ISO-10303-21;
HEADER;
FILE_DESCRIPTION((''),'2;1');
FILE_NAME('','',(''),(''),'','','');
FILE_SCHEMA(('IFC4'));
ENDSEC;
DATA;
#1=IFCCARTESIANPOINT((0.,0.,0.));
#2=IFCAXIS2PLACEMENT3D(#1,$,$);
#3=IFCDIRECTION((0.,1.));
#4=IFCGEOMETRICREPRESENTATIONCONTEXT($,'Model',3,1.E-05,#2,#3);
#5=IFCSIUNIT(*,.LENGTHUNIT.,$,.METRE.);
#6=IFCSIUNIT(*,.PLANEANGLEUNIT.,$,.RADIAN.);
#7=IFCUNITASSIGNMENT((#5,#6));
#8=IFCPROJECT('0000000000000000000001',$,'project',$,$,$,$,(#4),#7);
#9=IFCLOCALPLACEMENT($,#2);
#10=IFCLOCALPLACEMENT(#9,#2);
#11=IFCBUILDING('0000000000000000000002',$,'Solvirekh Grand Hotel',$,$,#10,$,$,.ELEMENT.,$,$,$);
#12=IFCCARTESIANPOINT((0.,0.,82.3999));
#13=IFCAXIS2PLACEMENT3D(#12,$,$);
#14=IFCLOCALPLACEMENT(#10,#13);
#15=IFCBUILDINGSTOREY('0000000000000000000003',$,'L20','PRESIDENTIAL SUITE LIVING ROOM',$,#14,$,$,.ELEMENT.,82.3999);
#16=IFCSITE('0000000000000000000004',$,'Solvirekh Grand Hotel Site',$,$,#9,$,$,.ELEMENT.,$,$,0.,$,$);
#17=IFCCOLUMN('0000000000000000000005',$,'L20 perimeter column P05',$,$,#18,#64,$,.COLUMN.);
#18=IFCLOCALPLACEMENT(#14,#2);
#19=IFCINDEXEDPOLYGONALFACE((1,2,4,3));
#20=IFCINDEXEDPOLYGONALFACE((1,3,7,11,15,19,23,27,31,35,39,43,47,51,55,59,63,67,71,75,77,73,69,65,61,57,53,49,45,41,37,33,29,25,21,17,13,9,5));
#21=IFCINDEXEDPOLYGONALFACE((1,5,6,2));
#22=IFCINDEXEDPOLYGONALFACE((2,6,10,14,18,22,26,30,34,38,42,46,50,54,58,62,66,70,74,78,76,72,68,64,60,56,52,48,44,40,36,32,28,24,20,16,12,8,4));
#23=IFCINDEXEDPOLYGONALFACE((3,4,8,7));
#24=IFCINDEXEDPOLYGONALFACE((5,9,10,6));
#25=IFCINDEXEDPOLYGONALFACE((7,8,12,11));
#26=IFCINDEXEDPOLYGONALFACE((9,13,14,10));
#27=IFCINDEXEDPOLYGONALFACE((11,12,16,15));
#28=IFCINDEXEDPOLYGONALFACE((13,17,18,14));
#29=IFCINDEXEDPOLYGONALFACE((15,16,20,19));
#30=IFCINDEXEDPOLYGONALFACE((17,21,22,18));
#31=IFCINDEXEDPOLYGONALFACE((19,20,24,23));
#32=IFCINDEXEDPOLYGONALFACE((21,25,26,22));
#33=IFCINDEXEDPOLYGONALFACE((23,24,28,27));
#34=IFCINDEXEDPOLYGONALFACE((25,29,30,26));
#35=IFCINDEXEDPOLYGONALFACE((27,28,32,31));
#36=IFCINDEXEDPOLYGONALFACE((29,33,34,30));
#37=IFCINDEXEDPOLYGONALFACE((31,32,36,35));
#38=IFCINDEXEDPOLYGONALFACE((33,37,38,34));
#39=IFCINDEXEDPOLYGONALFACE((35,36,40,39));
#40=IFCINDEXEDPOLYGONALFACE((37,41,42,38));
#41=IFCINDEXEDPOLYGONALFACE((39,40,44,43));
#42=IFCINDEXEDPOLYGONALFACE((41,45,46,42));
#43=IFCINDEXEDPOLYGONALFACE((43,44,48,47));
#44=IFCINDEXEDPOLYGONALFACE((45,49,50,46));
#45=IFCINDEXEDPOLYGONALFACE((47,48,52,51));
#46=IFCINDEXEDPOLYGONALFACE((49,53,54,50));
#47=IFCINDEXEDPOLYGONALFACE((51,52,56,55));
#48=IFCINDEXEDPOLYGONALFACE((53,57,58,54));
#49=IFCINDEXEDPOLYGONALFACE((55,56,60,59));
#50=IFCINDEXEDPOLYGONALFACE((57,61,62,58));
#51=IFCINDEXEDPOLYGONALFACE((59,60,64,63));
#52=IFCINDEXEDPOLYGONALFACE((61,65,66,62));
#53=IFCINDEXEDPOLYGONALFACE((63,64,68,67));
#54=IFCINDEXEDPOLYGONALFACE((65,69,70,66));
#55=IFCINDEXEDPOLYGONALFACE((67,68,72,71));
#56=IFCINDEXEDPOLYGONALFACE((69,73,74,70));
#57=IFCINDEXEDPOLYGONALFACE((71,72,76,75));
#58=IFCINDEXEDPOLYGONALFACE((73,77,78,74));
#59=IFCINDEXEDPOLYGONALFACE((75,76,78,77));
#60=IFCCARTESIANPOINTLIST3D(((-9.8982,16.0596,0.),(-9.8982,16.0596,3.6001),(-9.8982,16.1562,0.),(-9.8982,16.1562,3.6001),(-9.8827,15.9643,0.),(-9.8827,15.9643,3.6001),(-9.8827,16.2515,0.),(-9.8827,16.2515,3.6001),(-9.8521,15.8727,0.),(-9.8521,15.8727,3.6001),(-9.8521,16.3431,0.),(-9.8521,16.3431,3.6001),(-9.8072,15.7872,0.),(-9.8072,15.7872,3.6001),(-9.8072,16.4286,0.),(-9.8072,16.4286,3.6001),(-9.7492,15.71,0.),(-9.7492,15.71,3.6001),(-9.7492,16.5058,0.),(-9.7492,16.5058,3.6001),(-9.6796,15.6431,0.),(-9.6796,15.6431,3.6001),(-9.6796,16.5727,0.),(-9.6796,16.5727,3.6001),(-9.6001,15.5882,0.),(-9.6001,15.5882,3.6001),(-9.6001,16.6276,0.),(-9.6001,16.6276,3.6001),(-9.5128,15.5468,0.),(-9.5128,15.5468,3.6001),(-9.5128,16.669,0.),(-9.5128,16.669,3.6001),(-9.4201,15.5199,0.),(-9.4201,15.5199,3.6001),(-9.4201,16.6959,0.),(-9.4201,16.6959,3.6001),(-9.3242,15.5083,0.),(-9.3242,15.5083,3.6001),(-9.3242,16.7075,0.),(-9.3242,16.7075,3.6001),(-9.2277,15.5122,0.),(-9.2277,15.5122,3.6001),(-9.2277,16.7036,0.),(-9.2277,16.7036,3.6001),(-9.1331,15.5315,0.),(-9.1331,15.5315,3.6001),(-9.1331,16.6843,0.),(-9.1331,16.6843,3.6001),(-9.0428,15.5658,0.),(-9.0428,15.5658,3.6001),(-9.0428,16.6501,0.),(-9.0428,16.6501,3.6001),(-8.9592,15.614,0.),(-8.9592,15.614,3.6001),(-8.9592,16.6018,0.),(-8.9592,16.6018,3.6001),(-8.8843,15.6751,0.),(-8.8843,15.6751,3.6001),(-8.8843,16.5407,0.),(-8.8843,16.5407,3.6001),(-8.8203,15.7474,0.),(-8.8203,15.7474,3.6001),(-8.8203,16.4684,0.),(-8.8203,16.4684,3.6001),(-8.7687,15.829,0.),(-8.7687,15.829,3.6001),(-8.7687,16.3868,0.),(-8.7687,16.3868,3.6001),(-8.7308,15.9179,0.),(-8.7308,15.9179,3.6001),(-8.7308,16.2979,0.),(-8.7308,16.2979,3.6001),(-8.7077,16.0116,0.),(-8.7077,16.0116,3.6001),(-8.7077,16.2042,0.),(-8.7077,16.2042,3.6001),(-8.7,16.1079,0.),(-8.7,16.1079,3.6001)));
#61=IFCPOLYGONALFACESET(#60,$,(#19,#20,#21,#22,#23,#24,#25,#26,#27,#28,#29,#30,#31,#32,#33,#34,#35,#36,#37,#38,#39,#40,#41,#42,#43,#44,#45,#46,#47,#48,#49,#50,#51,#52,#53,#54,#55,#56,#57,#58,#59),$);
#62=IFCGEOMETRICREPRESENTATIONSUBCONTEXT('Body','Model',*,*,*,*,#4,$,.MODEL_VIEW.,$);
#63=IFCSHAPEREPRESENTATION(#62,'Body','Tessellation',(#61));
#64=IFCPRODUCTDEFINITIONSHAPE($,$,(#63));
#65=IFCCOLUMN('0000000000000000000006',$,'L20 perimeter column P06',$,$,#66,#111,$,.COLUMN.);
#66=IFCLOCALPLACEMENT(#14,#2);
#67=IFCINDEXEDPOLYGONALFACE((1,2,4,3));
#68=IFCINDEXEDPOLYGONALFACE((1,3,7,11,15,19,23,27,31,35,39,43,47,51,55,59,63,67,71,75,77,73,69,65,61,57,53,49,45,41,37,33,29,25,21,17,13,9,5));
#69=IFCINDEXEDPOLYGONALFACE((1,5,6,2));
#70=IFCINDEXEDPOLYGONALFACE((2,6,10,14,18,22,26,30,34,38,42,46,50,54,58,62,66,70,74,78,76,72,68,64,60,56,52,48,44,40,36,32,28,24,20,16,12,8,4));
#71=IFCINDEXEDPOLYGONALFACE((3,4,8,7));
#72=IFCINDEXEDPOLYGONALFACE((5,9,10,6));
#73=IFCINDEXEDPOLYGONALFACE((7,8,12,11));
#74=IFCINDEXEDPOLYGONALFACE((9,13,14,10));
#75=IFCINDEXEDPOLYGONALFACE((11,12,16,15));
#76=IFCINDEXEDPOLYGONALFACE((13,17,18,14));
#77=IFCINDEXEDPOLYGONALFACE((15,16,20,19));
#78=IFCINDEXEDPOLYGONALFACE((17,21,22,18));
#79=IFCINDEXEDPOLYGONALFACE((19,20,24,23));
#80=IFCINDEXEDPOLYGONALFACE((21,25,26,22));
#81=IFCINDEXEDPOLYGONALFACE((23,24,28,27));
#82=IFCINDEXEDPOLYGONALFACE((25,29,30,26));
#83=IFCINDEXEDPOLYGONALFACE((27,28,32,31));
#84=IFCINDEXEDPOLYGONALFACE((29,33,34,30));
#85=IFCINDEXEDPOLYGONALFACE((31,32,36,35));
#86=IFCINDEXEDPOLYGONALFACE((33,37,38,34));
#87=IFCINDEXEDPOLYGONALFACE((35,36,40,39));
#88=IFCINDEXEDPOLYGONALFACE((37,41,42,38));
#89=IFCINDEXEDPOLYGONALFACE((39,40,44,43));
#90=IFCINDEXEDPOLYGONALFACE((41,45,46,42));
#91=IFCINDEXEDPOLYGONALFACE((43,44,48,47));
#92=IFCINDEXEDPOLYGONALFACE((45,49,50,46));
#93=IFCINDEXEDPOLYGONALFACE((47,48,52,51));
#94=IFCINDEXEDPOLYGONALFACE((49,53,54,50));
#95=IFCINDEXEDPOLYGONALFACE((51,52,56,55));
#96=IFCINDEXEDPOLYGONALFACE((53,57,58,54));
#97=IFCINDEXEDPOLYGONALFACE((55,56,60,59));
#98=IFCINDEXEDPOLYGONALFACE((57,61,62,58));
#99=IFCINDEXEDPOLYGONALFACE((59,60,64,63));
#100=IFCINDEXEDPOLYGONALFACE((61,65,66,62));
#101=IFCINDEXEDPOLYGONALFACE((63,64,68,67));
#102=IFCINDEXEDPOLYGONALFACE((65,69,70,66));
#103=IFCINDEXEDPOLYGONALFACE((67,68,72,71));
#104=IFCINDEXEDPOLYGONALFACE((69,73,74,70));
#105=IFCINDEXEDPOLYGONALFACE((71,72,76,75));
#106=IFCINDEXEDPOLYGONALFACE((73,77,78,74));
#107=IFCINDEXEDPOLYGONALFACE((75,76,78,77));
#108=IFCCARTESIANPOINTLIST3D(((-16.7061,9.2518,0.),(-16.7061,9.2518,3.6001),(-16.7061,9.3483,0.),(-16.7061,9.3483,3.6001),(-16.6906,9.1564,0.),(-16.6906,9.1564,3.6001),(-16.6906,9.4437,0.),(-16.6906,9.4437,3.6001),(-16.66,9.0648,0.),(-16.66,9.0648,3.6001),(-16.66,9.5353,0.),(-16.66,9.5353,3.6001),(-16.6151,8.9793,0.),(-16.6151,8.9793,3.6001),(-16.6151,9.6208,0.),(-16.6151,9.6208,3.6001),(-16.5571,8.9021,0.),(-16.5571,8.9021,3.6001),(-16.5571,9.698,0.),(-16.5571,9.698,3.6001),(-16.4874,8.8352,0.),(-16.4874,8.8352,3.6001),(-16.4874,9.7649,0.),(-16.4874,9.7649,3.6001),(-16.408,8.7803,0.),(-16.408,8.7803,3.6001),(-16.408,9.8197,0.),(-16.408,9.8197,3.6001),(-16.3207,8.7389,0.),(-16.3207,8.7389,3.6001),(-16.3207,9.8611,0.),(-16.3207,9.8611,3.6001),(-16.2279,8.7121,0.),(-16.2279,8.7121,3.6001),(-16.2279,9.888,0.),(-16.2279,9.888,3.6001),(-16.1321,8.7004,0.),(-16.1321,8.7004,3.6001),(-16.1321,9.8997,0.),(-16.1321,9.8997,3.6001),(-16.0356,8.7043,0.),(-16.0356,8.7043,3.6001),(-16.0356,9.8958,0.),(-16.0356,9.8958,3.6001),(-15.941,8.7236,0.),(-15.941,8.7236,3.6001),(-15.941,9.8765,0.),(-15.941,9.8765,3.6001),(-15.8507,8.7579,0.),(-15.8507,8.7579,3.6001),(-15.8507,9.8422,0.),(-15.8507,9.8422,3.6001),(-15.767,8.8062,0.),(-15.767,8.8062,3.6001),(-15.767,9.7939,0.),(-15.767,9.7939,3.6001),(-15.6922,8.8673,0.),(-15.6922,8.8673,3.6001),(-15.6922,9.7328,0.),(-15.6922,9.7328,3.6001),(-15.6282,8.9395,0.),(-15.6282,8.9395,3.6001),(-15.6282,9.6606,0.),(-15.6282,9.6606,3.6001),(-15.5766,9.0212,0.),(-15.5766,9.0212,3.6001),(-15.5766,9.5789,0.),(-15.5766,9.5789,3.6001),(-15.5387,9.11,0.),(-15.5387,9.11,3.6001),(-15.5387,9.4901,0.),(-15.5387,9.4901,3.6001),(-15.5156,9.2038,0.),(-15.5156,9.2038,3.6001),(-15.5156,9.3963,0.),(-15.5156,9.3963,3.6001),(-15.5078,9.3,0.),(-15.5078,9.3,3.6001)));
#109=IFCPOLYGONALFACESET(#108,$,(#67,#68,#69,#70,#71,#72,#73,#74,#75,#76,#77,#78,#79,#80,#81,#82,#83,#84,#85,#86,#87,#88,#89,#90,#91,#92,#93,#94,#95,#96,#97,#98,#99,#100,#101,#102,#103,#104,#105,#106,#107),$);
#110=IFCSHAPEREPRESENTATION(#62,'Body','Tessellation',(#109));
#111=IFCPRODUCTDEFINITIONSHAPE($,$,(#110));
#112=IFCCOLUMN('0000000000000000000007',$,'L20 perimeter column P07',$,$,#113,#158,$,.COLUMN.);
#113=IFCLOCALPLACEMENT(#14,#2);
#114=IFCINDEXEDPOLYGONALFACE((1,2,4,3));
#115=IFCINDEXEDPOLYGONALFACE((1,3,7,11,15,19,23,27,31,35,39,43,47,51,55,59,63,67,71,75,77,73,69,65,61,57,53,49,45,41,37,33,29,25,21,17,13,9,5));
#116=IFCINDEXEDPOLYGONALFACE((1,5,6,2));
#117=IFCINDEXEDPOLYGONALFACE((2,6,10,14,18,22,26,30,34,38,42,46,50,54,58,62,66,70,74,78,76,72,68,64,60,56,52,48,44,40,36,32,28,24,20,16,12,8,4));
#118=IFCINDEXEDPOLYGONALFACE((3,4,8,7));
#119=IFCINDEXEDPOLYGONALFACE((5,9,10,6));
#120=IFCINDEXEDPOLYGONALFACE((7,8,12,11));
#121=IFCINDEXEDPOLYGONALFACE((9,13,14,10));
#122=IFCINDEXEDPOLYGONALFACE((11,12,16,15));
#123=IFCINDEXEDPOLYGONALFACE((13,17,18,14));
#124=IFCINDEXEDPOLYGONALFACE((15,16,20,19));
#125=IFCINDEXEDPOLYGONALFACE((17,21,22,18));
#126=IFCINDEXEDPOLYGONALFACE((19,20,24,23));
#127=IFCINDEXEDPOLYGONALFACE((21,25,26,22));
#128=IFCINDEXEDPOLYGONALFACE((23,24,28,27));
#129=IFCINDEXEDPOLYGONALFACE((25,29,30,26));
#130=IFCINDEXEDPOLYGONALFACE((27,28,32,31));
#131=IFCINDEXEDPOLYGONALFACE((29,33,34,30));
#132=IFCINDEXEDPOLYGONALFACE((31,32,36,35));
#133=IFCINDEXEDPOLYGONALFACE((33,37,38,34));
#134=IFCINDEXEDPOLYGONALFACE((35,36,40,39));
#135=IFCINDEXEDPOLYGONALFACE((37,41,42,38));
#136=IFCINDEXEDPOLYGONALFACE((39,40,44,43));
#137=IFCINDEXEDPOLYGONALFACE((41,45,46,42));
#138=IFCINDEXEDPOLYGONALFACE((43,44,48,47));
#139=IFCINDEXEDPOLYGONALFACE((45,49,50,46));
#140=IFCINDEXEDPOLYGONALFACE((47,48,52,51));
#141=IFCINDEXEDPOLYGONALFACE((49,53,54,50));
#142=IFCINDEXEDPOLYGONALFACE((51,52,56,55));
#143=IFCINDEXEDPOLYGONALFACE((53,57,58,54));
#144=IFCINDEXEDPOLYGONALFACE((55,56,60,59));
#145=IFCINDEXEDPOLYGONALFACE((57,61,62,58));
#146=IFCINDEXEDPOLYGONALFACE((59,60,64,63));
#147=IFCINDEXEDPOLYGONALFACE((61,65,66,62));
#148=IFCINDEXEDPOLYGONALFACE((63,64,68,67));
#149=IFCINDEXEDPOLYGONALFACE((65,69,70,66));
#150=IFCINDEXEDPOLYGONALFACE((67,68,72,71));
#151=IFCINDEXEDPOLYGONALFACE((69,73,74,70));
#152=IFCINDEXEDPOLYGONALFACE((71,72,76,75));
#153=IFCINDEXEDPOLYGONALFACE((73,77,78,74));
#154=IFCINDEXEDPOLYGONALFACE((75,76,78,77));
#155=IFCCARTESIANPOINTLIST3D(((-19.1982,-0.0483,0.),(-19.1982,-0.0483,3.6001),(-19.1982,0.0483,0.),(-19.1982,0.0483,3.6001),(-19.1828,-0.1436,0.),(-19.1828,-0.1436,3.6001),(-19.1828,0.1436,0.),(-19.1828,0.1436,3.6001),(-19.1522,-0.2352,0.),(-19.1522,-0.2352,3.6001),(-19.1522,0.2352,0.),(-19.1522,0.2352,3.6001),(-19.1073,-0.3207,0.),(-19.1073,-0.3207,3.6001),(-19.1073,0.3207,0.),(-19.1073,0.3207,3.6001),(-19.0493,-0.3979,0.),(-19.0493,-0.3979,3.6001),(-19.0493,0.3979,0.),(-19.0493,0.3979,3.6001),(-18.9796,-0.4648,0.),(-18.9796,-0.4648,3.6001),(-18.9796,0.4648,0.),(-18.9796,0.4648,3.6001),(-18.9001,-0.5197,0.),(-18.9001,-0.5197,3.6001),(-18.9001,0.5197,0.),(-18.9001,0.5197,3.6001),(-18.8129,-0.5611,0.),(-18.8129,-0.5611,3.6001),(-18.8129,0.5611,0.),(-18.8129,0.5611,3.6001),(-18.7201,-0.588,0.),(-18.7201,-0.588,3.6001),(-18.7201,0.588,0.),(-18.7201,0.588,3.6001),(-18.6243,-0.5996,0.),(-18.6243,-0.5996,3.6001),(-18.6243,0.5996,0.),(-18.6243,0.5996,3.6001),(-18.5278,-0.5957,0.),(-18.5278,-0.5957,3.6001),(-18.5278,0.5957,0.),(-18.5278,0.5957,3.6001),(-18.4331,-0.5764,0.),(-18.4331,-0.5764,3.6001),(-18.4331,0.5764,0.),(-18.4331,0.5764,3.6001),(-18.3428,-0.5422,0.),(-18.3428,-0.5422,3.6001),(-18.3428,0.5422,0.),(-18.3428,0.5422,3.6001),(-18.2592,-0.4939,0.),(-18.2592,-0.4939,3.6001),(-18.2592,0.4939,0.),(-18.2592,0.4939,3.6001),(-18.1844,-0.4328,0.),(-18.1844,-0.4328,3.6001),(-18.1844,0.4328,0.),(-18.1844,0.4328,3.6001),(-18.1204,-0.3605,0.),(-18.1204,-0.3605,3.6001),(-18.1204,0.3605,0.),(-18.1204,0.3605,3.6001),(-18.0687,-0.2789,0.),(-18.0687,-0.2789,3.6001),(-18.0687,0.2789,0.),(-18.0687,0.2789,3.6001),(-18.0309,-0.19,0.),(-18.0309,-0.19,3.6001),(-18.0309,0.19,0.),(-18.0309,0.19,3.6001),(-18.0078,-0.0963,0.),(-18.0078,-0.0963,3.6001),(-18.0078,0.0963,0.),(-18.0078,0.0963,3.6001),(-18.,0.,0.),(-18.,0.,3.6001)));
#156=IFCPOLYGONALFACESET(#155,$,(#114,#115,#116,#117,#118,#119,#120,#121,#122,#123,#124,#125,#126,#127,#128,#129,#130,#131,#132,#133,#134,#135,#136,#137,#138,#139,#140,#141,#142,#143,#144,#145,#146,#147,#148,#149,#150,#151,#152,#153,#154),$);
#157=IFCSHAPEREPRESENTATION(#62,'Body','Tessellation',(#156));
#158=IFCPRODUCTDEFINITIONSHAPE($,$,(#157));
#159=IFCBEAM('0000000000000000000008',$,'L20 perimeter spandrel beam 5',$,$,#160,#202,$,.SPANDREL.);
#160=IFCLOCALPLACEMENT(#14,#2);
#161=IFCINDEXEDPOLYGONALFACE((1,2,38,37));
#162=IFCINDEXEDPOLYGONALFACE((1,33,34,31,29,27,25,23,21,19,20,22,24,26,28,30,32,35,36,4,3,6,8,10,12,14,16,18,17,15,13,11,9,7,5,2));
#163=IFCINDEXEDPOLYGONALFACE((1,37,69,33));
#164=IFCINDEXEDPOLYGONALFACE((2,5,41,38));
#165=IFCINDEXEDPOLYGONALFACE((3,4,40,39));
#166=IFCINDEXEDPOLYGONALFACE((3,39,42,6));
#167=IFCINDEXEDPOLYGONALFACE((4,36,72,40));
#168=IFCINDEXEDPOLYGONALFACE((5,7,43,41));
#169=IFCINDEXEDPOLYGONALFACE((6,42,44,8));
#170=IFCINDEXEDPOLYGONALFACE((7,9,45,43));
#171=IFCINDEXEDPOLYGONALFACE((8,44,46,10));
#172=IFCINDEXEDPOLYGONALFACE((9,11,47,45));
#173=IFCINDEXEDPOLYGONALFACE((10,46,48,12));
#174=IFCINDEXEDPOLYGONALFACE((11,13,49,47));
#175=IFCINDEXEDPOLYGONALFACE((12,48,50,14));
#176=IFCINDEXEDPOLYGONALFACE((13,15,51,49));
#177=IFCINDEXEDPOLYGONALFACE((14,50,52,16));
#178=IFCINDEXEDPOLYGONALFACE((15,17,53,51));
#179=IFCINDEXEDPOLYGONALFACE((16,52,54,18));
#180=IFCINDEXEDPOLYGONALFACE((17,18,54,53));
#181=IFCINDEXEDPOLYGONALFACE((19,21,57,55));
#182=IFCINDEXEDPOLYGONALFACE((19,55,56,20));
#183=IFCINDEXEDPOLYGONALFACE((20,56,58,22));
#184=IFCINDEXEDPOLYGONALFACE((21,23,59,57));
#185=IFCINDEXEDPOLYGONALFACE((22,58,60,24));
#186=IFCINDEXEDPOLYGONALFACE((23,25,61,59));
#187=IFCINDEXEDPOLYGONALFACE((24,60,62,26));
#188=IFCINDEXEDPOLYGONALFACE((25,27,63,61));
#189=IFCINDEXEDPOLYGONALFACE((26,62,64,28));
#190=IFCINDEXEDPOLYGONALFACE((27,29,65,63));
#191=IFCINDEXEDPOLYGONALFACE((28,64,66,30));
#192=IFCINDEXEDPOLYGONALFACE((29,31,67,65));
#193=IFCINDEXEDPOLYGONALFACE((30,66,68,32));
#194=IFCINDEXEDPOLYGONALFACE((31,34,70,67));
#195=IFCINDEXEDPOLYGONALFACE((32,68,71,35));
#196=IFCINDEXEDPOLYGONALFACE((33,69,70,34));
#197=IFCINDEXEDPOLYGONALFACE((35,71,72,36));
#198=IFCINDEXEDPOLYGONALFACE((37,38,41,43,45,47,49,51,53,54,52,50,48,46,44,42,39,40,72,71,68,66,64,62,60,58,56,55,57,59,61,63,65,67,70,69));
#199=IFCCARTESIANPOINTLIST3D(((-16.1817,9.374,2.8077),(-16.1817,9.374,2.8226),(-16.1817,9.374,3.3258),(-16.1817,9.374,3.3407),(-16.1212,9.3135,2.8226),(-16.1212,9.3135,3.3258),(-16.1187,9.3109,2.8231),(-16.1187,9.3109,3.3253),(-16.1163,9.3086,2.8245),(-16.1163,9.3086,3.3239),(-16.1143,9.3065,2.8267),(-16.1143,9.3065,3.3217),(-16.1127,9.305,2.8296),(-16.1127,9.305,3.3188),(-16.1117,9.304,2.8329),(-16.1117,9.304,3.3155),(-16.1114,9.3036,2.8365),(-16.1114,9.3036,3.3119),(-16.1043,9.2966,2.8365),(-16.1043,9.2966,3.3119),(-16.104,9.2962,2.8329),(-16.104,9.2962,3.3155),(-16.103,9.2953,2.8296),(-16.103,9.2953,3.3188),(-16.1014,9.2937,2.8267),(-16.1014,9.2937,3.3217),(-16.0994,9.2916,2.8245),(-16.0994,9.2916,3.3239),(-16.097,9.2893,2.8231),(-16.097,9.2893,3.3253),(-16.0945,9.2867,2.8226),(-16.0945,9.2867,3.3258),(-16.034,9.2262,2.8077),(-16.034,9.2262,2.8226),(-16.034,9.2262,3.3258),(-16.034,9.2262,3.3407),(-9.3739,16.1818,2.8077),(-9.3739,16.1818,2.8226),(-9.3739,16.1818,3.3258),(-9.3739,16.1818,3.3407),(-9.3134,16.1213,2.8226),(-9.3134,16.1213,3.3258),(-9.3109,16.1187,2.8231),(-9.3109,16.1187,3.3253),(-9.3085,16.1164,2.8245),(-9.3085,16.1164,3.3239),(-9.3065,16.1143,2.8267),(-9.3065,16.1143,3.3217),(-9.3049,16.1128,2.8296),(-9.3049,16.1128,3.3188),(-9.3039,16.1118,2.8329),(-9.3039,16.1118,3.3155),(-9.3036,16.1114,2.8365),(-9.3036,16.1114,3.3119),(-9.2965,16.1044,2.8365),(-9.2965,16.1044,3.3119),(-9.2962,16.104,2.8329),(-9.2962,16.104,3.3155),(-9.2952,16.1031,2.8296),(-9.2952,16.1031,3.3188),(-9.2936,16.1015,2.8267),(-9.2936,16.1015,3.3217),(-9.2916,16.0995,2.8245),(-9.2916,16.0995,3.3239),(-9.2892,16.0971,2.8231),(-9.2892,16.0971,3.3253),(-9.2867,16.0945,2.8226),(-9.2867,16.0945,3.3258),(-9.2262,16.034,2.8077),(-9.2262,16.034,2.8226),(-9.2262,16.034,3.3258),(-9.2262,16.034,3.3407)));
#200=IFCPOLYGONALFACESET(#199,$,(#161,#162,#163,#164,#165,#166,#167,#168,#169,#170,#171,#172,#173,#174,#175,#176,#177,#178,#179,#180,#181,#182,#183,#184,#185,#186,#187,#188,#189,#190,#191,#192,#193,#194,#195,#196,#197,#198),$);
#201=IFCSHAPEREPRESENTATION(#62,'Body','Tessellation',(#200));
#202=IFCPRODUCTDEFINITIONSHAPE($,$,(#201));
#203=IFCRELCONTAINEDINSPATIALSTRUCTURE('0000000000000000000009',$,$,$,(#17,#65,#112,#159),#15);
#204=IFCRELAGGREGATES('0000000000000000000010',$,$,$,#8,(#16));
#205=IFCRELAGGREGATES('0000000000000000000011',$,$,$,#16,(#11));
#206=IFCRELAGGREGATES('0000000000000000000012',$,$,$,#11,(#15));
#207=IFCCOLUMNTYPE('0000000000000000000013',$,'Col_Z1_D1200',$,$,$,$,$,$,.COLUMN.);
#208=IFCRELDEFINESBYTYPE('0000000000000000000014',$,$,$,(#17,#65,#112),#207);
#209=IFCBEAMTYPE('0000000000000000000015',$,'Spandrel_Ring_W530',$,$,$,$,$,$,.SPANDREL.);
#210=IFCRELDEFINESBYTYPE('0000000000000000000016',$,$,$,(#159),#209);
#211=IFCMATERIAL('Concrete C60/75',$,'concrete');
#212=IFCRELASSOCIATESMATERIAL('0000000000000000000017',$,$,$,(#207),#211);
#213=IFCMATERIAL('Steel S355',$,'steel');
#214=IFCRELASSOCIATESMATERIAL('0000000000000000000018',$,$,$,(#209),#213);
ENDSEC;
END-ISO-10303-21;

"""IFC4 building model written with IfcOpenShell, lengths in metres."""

from ifc_helpers import new_model, si_unit, direction, frame, origin, origin_2d, place, context, subcontext, project, spatial, circle, i_section, extrude, material, material_profile, profile_set, type_object, element, save


model = new_model("IFC4")

# Units and contexts
model_context = context("Model", 3, precision=1e-05, world=origin(), true_north=direction((0.0, 1.0)))
body_context = subcontext(model_context, "Body", "Model", "MODEL_VIEW")
ifc_project = project(units=[si_unit("LENGTHUNIT", "METRE"), si_unit("PLANEANGLEUNIT", "RADIAN")], contexts=[model_context])

# Site, building, storey
site_placement = place(None, origin())
site = spatial("IfcSite", under=ifc_project, at=site_placement, Name="Solvirekh Grand Hotel Site", CompositionType="ELEMENT", RefElevation=0.0)
building_placement = place(site_placement, origin())
building = spatial("IfcBuilding", under=site, at=building_placement, Name="Solvirekh Grand Hotel", CompositionType="ELEMENT")
storey_placement = place(building_placement, frame((0.0, 0.0, 82.3999)))
storey = spatial("IfcBuildingStorey", under=building, at=storey_placement, Name="L20", Description="PRESIDENTIAL SUITE LIVING ROOM", CompositionType="ELEMENT", Elevation=82.3999)

# Columns
ifc_material_1 = material(Name="Concrete C60/75", Category="concrete")
ifc_material_profile_1 = material_profile(ifc_material_1, circle(Radius=0.6001, at=origin_2d()), Name="RC CIRC D1200")
ifc_profile_set_1 = profile_set([ifc_material_profile_1], Name="Concrete C60/75")
column_type = type_object("IfcColumnType", Name="Col_Z1_D1200", PredefinedType="COLUMN", material=ifc_profile_set_1)
for number, where, z_axis, x_axis, name in (
    (1, (-9.3, 16.1079, 0.0), (0.0, 0.0, 1.0), (1.0, 0.0, 0.0), "L20 perimeter column P05"),
    (2, (-16.1079, 9.3, 0.0), (0.0, 0.0, 1.0), (1.0, 0.0, 0.0), "L20 perimeter column P06"),
    (3, (-18.6001, 0.0, 0.0), (0.0, 0.0, 1.0), (1.0, 0.0, 0.0), "L20 perimeter column P07"),
):
    element("IfcColumn", number, at=place(storey_placement, frame(where, z_axis=z_axis, x_axis=x_axis)), inside=storey, type_object=column_type, Name=name, PredefinedType="COLUMN", context=body_context, shape_type="SweptSolid", body=[
        extrude(circle(Radius=0.6001, at=origin_2d()), origin(), (0.0, 0.0, 1.0), 3.6001),
    ])

# Beam
ifc_material_2 = material(Name="Steel S355", Category="steel")
ifc_material_profile_2 = material_profile(ifc_material_2, i_section(OverallWidth=0.209, OverallDepth=0.533, WebThickness=0.01, FlangeThickness=0.0149, FilletRadius=0.0139, at=origin_2d()), Name="W530X92")
ifc_profile_set_2 = profile_set([ifc_material_profile_2], Name="Steel S355")
beam_type = type_object("IfcBeamType", Name="Spandrel_Ring_W530", PredefinedType="SPANDREL", material=ifc_profile_set_2)
beam_placement = place(storey_placement, frame((-9.3, 16.1079, 3.0742), z_axis=(-0.707107, -0.707107, 0.0), x_axis=(0.707107, -0.707107, 0.0)))
element("IfcBeam", 4, at=beam_placement, inside=storey, type_object=beam_type, Name="L20 perimeter spandrel beam 5", PredefinedType="SPANDREL", context=body_context, shape_type="SweptSolid", body=[
    extrude(i_section(OverallWidth=0.209, OverallDepth=0.533, WebThickness=0.01, FlangeThickness=0.0149, FilletRadius=0.0139, at=origin_2d()), origin(), (0.0, 0.0, 1.0), 9.6277),
])

save(model, "model.ifc")
